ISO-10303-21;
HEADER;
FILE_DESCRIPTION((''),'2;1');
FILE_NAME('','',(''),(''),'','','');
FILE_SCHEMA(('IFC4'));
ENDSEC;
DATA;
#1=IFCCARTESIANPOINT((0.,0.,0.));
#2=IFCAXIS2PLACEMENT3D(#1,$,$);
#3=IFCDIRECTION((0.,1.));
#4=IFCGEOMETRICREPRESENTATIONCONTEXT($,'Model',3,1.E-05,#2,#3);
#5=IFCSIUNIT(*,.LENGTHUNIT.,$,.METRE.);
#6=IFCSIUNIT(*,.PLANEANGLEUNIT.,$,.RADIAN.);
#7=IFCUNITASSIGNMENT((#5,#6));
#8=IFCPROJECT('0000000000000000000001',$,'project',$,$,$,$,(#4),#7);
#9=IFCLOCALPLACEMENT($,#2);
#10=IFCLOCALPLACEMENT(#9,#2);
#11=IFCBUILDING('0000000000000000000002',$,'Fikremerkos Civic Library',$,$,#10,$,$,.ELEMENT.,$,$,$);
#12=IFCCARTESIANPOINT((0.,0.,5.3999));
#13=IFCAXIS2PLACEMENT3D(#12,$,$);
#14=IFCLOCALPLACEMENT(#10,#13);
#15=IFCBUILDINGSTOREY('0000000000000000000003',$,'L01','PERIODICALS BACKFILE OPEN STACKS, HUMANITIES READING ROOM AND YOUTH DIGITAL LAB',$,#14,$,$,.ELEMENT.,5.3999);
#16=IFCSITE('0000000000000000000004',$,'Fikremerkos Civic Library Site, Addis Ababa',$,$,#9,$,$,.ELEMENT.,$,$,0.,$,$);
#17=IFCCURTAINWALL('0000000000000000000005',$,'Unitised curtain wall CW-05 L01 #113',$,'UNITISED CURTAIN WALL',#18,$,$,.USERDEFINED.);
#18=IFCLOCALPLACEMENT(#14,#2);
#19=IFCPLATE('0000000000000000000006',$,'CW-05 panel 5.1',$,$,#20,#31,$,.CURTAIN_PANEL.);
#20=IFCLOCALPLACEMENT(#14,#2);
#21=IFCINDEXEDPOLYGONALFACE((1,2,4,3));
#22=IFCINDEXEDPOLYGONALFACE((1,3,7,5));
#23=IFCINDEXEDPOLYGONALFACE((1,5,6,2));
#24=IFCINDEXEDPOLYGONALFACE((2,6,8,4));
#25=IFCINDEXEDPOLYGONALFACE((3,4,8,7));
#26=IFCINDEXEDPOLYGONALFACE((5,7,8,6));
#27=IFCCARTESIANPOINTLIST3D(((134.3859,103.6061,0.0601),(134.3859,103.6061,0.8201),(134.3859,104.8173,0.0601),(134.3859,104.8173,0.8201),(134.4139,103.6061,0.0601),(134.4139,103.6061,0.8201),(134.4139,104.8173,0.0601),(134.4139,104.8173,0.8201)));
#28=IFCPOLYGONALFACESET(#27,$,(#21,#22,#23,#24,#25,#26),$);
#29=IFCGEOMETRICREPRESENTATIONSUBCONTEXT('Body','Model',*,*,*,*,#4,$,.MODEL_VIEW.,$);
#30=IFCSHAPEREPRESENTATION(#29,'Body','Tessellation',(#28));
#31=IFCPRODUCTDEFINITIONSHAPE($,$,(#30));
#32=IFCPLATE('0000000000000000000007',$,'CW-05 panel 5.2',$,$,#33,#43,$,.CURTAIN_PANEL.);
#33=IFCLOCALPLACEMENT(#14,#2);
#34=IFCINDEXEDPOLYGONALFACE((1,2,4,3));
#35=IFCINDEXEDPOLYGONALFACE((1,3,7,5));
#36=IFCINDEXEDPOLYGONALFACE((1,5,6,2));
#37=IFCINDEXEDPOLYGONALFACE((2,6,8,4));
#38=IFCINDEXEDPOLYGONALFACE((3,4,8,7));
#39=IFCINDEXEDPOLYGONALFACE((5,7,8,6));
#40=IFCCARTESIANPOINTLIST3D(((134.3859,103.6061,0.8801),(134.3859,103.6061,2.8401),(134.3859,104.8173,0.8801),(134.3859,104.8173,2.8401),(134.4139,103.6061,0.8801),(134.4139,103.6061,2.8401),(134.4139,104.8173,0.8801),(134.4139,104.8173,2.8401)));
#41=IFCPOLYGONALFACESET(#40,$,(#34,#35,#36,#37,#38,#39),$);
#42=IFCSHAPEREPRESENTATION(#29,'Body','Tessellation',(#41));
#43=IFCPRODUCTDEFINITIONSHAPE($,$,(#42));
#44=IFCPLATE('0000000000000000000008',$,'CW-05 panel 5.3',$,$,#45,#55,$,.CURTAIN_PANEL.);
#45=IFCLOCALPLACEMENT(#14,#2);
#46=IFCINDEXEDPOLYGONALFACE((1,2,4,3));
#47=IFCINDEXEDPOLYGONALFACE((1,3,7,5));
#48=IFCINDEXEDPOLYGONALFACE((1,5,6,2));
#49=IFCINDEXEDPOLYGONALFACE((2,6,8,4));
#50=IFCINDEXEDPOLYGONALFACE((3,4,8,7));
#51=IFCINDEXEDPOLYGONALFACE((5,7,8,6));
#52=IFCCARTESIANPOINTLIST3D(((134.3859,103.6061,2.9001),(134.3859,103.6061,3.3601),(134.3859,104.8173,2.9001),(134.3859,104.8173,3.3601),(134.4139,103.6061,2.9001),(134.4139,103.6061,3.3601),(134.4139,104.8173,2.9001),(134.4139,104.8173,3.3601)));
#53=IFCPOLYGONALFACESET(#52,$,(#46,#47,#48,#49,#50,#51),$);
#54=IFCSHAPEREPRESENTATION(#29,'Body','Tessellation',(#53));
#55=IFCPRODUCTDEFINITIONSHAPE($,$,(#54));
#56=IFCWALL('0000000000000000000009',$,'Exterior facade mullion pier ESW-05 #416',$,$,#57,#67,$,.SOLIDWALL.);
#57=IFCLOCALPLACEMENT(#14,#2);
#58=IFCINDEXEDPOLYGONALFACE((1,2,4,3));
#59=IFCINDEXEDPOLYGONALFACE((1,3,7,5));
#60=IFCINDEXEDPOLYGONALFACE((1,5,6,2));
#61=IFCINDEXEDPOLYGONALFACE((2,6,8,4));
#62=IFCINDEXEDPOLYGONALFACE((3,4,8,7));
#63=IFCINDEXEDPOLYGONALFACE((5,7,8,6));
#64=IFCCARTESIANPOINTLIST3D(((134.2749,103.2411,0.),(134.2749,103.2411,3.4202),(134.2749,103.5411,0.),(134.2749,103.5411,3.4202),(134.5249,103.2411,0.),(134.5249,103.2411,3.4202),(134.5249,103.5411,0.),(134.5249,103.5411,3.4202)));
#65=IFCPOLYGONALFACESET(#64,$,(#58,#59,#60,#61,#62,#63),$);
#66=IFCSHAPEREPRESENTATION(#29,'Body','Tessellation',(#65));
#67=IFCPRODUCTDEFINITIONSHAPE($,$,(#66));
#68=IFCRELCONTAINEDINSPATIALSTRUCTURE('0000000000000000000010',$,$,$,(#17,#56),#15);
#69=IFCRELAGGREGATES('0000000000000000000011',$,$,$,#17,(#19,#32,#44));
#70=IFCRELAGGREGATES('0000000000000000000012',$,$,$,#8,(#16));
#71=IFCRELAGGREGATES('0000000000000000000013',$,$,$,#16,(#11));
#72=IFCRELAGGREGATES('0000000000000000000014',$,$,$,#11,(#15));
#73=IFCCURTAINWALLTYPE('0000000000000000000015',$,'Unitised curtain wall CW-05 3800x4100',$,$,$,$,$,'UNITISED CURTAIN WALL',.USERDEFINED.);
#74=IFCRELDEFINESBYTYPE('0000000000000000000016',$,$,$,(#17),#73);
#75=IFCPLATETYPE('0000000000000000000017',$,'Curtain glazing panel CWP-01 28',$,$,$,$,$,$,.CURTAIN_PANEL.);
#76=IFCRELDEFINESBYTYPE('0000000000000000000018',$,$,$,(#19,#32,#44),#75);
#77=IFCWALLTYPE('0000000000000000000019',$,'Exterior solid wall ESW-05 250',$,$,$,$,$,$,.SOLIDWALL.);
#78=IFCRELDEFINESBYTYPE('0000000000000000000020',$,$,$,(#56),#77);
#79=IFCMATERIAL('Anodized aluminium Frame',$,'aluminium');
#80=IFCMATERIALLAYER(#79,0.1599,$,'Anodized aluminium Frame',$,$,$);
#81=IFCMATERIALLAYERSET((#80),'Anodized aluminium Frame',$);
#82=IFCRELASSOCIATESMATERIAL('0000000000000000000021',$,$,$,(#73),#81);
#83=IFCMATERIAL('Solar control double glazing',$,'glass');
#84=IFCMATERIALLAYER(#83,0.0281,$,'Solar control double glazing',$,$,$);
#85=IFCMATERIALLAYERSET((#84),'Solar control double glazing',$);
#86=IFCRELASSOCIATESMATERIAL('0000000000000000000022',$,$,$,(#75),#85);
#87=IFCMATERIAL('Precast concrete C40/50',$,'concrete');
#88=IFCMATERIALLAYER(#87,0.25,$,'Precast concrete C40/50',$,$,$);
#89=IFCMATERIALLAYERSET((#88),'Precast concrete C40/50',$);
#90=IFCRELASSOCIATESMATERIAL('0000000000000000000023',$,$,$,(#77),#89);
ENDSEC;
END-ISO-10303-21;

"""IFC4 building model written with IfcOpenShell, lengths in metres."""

from ifc_helpers import new_model, si_unit, direction, frame, frame_2d, origin, origin_2d, place, context, subcontext, project, spatial, rectangle, extrude, material, layer, layer_set, type_object, element, aggregate, save


model = new_model("IFC4")

# Units and contexts
model_context = context("Model", 3, precision=1e-05, world=origin(), true_north=direction((0.0, 1.0)))
body_context = subcontext(model_context, "Body", "Model", "MODEL_VIEW")
ifc_project = project(units=[si_unit("LENGTHUNIT", "METRE"), si_unit("PLANEANGLEUNIT", "RADIAN")], contexts=[model_context])

# Site, building, storey
site_placement = place(None, origin())
site = spatial("IfcSite", under=ifc_project, at=site_placement, Name="Fikremerkos Civic Library Site, Addis Ababa", CompositionType="ELEMENT", RefElevation=0.0)
building_placement = place(site_placement, origin())
building = spatial("IfcBuilding", under=site, at=building_placement, Name="Fikremerkos Civic Library", CompositionType="ELEMENT")
storey_placement = place(building_placement, frame((0.0, 0.0, 5.3999)))
storey = spatial("IfcBuildingStorey", under=building, at=storey_placement, Name="L01", Description="PERIODICALS BACKFILE OPEN STACKS, HUMANITIES READING ROOM AND YOUTH DIGITAL LAB", CompositionType="ELEMENT", Elevation=5.3999)

# Curtain wall
ifc_material_1 = material(Name="Anodized aluminium Frame", Category="aluminium")
ifc_layer_1 = layer(ifc_material_1, 0.1599, Name="Anodized aluminium Frame")
ifc_layer_set_1 = layer_set([ifc_layer_1], Name="Anodized aluminium Frame")
curtain_wall_type_1 = type_object("IfcCurtainWallType", Name="Unitised curtain wall CW-05 3800x4100", ElementType="UNITISED CURTAIN WALL", PredefinedType="USERDEFINED", material=ifc_layer_set_1)
curtain_wall_1_placement = place(storey_placement, origin())
curtain_wall_1 = element("IfcCurtainWall", 1, at=curtain_wall_1_placement, inside=storey, type_object=curtain_wall_type_1, Name="Unitised curtain wall CW-05 L01 #113", ObjectType="UNITISED CURTAIN WALL", PredefinedType="USERDEFINED")

# Plates
ifc_material_2 = material(Name="Solar control double glazing", Category="glass")
ifc_layer_2 = layer(ifc_material_2, 0.0281, Name="Solar control double glazing")
ifc_layer_set_2 = layer_set([ifc_layer_2], Name="Solar control double glazing")
plate_type = type_object("IfcPlateType", Name="Curtain glazing panel CWP-01 28", PredefinedType="CURTAIN_PANEL", material=ifc_layer_set_2)
plate_1_placement = place(storey_placement, frame((134.3999, 104.2117, 0.0601), z_axis=(0.0, 0.0, 1.0), x_axis=(0.0, -1.0, 0.0)))
plate_1 = element("IfcPlate", 2, at=plate_1_placement, type_object=plate_type, Name="CW-05 panel 5.1", PredefinedType="CURTAIN_PANEL", context=body_context, shape_type="SweptSolid", body=[
    extrude(rectangle(XDim=1.2112, YDim=0.0281, at=origin_2d()), origin(), (0.0, 0.0, 1.0), 0.76),
])
plate_2_placement = place(storey_placement, frame((134.3999, 104.2117, 0.8801), z_axis=(0.0, 0.0, 1.0), x_axis=(0.0, -1.0, 0.0)))
plate_2 = element("IfcPlate", 3, at=plate_2_placement, type_object=plate_type, Name="CW-05 panel 5.2", PredefinedType="CURTAIN_PANEL", context=body_context, shape_type="SweptSolid", body=[
    extrude(rectangle(XDim=1.2112, YDim=0.0281, at=origin_2d()), origin(), (0.0, 0.0, 1.0), 1.96),
])
plate_3_placement = place(storey_placement, frame((134.3999, 104.2117, 2.9001), z_axis=(0.0, 0.0, 1.0), x_axis=(0.0, -1.0, 0.0)))
plate_3 = element("IfcPlate", 4, at=plate_3_placement, type_object=plate_type, Name="CW-05 panel 5.3", PredefinedType="CURTAIN_PANEL", context=body_context, shape_type="SweptSolid", body=[
    extrude(rectangle(XDim=1.2112, YDim=0.0281, at=origin_2d()), origin(), (0.0, 0.0, 1.0), 0.46),
])
aggregate(curtain_wall_1, [plate_1, plate_2, plate_3])

# Wall
ifc_material_3 = material(Name="Precast concrete C40/50", Category="concrete")
ifc_layer_3 = layer(ifc_material_3, 0.25, Name="Precast concrete C40/50")
ifc_layer_set_3 = layer_set([ifc_layer_3], Name="Precast concrete C40/50")
wall_type = type_object("IfcWallType", Name="Exterior solid wall ESW-05 250", PredefinedType="SOLIDWALL", material=ifc_layer_set_3)
wall_placement = place(storey_placement, frame((134.3999, 103.541, 0.0), z_axis=(0.0, 0.0, 1.0), x_axis=(0.0, -1.0, 0.0)))
element("IfcWall", 5, at=wall_placement, inside=storey, type_object=wall_type, Name="Exterior facade mullion pier ESW-05 #416", PredefinedType="SOLIDWALL", context=body_context, shape_type="SweptSolid", body=[
    extrude(rectangle(XDim=0.3, YDim=0.25, at=frame_2d((0.1499, 0.0))), origin(), (0.0, 0.0, 1.0), 3.4202),
])

save(model, "model.ifc")
